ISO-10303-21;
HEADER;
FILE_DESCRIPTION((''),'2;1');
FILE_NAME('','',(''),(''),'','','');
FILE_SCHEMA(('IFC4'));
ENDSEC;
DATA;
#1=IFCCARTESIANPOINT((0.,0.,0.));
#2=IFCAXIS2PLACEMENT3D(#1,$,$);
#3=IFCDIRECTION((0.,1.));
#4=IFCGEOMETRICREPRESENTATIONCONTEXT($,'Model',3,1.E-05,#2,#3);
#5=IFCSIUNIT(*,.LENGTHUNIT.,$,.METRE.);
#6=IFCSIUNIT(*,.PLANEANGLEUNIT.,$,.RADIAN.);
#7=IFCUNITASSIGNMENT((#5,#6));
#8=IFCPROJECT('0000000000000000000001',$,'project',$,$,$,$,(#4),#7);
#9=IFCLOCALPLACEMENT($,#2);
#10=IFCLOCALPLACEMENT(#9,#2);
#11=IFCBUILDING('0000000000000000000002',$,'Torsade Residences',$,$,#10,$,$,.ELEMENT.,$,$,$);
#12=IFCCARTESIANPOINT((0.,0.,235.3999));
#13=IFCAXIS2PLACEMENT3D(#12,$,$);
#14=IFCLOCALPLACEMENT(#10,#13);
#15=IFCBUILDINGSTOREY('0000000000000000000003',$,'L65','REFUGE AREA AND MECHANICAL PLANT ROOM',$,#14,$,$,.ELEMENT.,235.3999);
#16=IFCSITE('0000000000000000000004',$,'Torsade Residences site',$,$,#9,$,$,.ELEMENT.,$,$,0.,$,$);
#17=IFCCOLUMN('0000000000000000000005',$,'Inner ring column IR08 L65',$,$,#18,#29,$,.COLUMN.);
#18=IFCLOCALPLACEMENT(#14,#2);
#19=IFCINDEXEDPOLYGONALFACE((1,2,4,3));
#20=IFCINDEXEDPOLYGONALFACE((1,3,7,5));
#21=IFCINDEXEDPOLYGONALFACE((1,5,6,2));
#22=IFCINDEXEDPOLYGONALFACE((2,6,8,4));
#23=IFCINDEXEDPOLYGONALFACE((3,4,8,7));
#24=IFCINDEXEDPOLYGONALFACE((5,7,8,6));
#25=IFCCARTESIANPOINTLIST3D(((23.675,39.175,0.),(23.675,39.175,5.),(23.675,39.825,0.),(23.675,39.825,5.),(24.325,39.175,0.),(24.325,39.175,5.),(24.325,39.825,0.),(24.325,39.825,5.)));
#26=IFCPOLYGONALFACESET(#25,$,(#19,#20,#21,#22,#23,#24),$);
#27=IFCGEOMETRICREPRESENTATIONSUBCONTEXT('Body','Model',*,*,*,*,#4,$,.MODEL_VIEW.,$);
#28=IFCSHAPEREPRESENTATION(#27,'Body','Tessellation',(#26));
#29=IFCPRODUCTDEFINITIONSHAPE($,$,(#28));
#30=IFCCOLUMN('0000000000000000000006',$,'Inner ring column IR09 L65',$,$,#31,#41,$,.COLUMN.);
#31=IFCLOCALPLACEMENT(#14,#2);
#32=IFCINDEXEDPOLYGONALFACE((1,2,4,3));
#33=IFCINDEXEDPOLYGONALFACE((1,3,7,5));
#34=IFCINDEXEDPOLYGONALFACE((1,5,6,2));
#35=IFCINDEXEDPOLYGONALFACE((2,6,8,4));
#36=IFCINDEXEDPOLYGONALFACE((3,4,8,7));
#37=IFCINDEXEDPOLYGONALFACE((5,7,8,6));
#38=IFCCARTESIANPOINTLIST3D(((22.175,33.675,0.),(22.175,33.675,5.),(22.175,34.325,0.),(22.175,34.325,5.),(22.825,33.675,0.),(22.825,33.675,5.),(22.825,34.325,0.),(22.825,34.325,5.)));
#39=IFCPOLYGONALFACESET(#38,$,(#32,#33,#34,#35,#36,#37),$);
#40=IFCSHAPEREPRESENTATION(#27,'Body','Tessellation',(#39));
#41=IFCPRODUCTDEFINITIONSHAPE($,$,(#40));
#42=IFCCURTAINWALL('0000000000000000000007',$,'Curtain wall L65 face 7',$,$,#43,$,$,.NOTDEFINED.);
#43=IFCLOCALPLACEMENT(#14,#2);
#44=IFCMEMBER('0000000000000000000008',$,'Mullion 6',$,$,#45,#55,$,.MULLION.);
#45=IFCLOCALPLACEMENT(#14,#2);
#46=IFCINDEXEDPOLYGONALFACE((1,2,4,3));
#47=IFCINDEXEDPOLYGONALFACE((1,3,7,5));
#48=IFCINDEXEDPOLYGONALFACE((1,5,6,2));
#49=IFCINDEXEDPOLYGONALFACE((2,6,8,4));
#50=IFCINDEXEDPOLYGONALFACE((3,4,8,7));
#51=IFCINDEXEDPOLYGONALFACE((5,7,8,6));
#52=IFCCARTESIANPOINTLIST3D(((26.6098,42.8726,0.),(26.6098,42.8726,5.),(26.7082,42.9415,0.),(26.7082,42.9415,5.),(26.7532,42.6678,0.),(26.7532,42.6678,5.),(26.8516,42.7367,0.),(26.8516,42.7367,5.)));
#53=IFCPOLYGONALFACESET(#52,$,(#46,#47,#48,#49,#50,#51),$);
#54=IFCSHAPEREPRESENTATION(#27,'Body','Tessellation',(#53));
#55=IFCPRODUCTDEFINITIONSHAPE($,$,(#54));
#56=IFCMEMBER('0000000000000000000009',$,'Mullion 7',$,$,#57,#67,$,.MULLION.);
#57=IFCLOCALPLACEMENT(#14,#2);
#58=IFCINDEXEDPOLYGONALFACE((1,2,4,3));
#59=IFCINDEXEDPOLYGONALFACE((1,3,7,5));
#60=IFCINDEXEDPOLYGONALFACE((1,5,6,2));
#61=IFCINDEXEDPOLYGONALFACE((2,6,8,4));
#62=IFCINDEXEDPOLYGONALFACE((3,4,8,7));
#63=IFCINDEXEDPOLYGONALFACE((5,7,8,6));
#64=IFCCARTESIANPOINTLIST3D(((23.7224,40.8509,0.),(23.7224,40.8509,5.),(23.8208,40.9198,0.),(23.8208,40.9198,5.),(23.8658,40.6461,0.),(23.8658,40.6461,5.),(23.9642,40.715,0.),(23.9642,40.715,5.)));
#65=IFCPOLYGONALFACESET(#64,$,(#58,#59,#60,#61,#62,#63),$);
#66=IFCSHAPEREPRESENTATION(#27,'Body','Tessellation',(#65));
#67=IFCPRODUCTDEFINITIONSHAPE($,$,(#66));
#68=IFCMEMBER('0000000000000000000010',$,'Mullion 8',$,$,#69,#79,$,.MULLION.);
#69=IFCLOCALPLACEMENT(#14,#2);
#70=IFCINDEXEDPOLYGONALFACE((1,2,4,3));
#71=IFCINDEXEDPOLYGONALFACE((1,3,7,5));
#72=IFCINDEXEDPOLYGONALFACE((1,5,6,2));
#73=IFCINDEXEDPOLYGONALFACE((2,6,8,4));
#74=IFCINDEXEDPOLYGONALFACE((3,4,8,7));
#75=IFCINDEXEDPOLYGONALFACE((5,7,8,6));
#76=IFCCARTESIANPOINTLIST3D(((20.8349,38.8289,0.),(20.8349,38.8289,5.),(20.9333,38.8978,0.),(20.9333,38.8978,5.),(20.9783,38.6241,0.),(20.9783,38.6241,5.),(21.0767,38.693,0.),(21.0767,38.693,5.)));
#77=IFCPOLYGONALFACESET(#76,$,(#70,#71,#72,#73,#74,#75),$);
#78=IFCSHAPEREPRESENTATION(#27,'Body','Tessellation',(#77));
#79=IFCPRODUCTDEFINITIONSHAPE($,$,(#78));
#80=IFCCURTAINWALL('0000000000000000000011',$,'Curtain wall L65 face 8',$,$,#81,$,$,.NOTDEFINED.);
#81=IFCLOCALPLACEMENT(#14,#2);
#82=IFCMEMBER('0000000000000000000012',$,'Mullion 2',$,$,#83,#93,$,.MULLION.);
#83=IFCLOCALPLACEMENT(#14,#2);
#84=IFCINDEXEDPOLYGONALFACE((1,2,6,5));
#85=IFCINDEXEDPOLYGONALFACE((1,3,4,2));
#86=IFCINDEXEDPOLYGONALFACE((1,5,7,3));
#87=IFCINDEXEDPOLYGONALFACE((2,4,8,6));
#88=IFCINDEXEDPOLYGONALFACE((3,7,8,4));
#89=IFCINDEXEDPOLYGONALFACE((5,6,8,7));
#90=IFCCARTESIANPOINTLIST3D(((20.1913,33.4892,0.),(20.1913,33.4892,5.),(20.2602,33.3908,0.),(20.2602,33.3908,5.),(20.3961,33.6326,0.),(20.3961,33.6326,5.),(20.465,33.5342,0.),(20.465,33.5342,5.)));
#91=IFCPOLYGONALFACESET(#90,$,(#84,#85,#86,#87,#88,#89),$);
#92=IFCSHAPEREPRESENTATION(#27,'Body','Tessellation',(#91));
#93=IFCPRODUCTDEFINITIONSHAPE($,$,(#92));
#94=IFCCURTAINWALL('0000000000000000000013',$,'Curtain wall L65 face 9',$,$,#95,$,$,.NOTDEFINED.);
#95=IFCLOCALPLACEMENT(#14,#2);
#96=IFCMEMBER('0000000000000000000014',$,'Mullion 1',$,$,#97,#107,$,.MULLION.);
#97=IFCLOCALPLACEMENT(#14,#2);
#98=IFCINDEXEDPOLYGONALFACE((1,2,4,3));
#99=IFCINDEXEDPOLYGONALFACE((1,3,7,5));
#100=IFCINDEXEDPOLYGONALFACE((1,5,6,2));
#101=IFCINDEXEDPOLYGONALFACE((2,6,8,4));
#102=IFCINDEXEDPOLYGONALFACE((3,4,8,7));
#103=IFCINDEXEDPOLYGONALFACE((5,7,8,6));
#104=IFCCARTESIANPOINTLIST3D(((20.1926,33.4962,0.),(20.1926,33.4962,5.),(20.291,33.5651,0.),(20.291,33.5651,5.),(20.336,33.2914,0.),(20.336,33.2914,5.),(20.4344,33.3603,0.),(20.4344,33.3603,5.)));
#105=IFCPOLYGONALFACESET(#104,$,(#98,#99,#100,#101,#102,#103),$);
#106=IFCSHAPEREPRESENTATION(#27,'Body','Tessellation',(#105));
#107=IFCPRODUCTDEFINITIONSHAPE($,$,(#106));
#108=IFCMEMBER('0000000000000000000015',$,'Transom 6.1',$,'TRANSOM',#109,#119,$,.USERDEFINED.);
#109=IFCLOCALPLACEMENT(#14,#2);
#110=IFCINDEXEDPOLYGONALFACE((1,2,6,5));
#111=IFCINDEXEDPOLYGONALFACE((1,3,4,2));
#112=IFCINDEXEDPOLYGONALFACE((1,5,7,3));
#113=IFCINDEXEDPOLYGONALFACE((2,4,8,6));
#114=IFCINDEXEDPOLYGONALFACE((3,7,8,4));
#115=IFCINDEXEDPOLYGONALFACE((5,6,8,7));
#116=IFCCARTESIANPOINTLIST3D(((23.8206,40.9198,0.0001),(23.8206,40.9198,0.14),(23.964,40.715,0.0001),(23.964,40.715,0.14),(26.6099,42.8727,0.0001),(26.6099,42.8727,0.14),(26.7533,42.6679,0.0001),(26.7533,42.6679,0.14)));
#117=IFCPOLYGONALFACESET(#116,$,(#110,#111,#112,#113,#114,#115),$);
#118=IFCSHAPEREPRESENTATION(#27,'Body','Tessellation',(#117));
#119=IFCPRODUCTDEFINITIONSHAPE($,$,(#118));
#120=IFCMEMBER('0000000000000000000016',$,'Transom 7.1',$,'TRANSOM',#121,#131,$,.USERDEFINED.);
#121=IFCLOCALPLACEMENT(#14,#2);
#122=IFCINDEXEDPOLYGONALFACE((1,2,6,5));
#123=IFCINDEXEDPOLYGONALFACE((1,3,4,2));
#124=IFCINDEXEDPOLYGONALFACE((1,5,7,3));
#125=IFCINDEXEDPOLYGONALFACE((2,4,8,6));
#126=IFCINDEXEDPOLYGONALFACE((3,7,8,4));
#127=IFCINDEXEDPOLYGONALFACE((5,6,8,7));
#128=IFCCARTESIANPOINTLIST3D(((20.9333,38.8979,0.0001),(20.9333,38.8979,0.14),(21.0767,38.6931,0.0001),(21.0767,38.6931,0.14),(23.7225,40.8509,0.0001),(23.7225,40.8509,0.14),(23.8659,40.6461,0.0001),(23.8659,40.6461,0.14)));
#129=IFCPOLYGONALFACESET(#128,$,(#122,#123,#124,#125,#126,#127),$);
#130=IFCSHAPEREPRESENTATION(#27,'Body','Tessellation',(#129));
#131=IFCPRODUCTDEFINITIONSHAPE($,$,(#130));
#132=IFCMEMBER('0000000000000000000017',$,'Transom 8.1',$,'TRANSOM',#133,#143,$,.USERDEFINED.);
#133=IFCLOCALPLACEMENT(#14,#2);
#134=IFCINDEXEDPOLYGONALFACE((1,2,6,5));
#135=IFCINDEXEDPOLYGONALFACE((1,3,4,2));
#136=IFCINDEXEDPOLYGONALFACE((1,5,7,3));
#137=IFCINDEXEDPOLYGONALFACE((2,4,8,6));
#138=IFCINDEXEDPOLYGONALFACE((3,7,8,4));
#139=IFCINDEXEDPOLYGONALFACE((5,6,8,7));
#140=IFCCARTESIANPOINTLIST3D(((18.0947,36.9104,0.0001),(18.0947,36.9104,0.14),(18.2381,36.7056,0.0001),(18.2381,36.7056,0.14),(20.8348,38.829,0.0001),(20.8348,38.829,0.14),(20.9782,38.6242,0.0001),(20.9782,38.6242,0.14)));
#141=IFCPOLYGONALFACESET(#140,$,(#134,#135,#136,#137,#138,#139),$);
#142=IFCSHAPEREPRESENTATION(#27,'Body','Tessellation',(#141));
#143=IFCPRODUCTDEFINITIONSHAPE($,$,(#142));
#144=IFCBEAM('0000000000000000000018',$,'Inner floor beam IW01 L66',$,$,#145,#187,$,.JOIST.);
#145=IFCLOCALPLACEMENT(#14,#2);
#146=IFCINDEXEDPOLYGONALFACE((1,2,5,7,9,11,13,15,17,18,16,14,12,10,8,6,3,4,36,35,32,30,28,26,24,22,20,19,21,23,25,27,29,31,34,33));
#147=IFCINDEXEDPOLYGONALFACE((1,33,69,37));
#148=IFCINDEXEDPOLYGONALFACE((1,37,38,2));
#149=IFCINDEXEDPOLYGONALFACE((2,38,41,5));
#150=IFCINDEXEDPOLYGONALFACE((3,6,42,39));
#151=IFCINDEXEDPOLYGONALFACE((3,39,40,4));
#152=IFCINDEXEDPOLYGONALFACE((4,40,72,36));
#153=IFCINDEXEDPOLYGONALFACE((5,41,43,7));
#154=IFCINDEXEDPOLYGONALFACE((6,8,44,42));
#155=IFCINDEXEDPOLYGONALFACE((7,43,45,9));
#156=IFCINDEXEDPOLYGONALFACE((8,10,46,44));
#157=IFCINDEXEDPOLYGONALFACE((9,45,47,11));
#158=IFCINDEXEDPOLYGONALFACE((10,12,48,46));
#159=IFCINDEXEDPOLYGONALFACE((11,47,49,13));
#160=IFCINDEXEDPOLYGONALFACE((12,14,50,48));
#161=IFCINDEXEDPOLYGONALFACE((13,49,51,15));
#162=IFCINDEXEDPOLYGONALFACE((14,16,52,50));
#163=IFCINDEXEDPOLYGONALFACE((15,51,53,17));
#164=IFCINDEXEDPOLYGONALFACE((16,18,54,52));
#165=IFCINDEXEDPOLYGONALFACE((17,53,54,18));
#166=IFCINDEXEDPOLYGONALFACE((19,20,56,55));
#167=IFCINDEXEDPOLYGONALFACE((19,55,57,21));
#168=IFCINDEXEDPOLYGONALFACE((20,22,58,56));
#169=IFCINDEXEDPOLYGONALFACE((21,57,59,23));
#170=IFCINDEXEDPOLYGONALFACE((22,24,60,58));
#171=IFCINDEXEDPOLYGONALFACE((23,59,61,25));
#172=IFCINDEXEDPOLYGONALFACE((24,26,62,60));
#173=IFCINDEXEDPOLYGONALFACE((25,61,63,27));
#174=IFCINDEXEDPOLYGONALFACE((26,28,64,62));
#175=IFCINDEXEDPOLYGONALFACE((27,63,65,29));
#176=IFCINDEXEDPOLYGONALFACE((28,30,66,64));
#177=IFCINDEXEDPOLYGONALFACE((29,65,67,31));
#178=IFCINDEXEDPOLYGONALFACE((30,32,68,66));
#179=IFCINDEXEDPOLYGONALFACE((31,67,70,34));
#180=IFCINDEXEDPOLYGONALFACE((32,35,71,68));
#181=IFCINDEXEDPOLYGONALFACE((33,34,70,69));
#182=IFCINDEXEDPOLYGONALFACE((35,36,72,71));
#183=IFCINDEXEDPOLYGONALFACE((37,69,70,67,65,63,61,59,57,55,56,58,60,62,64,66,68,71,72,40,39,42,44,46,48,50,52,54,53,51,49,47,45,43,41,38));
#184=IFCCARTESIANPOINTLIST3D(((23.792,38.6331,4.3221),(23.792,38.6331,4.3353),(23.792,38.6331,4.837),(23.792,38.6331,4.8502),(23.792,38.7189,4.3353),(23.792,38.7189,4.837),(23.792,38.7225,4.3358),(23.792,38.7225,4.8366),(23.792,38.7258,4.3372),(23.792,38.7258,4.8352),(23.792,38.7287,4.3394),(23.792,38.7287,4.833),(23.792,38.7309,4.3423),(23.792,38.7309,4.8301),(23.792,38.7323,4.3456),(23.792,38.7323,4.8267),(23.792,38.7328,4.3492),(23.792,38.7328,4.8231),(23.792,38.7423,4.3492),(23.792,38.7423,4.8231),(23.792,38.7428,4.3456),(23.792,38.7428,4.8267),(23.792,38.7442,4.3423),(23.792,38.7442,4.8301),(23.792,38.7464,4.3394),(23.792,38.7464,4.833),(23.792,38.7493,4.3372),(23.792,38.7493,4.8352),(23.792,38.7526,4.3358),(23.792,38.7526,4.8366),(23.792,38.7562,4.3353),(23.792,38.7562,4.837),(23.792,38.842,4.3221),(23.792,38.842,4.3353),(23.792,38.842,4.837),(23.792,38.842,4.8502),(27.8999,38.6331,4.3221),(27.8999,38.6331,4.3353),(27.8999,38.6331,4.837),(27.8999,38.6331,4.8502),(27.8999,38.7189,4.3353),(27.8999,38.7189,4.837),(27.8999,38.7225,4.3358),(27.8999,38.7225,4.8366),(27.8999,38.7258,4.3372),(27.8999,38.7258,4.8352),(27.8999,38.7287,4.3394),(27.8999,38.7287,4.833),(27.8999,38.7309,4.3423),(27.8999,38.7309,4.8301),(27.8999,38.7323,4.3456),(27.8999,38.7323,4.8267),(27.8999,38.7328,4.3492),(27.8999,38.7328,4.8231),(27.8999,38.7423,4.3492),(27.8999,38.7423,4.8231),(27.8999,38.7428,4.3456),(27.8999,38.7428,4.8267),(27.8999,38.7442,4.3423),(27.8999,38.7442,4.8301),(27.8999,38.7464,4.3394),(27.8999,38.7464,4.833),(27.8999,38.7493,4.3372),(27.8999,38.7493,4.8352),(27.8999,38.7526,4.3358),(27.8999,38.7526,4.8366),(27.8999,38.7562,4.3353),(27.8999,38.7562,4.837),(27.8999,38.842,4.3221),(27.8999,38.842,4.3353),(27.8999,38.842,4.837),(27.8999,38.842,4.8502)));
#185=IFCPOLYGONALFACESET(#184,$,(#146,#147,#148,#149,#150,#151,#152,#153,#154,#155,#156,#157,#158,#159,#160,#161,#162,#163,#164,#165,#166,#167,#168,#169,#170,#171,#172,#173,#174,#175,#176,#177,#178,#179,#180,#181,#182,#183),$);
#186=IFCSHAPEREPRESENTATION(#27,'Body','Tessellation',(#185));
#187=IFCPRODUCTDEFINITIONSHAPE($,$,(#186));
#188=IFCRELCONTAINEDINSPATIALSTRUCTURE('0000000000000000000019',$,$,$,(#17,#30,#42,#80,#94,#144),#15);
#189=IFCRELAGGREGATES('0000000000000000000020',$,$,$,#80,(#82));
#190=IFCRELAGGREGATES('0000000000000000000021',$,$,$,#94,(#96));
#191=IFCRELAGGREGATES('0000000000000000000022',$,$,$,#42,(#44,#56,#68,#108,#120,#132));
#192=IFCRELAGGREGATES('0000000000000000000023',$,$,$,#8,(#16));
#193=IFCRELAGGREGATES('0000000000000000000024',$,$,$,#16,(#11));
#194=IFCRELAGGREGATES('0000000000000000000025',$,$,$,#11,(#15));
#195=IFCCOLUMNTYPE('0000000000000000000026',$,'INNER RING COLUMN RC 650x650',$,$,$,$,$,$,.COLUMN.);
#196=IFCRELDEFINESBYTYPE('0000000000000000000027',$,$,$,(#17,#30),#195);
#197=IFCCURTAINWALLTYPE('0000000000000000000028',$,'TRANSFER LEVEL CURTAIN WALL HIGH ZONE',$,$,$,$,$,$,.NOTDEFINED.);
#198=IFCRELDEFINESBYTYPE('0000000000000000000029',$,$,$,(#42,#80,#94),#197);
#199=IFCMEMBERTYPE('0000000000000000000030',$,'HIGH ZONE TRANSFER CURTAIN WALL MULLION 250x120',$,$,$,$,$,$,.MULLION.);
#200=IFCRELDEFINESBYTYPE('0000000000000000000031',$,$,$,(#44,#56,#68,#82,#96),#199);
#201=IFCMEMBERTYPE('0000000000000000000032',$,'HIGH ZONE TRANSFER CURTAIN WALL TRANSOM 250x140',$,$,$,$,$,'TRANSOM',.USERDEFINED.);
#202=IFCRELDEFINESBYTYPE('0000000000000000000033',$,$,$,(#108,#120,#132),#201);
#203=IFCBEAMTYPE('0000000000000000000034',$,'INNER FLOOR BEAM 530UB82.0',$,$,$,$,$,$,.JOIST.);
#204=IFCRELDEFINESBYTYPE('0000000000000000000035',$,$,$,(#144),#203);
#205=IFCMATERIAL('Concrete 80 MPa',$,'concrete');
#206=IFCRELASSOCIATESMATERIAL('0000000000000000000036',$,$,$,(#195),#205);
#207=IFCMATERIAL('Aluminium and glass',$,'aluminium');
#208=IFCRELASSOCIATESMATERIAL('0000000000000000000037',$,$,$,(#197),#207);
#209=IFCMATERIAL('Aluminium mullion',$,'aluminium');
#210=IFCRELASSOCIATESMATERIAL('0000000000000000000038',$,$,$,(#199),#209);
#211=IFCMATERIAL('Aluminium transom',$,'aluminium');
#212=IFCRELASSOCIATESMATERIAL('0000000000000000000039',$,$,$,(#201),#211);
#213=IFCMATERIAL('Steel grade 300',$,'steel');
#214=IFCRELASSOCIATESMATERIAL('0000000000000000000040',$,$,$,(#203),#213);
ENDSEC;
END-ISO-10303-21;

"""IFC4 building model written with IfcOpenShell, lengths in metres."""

from ifc_helpers import new_model, si_unit, direction, frame, origin, origin_2d, place, context, subcontext, project, spatial, rectangle, i_section, extrude, material, material_profile, profile_set, type_object, element, aggregate, save


model = new_model("IFC4")

# Units and contexts
model_context = context("Model", 3, precision=1e-05, world=origin(), true_north=direction((0.0, 1.0)))
body_context = subcontext(model_context, "Body", "Model", "MODEL_VIEW")
ifc_project = project(units=[si_unit("LENGTHUNIT", "METRE"), si_unit("PLANEANGLEUNIT", "RADIAN")], contexts=[model_context])

# Site, building, storey
site_placement = place(None, origin())
site = spatial("IfcSite", under=ifc_project, at=site_placement, Name="Torsade Residences site", CompositionType="ELEMENT", RefElevation=0.0)
building_placement = place(site_placement, origin())
building = spatial("IfcBuilding", under=site, at=building_placement, Name="Torsade Residences", CompositionType="ELEMENT")
storey_placement = place(building_placement, frame((0.0, 0.0, 235.3999)))
storey = spatial("IfcBuildingStorey", under=building, at=storey_placement, Name="L65", Description="REFUGE AREA AND MECHANICAL PLANT ROOM", CompositionType="ELEMENT", Elevation=235.3999)

# Columns
ifc_material_1 = material(Name="Concrete 80 MPa", Category="concrete")
ifc_material_profile_1 = material_profile(ifc_material_1, rectangle(XDim=0.6499, YDim=0.6499, at=origin_2d()), Name="RC 650x650")
ifc_profile_set_1 = profile_set([ifc_material_profile_1], Name="Concrete 80 MPa")
column_type = type_object("IfcColumnType", Name="INNER RING COLUMN RC 650x650", PredefinedType="COLUMN", material=ifc_profile_set_1)
for number, where, z_axis, x_axis, name in (
    (1, (24.0, 39.5, 0.0), (0.0, 0.0, 1.0), (1.0, 0.0, 0.0), "Inner ring column IR08 L65"),
    (2, (22.5, 34.0, 0.0), (0.0, 0.0, 1.0), (1.0, 0.0, 0.0), "Inner ring column IR09 L65"),
):
    element("IfcColumn", number, at=place(storey_placement, frame(where, z_axis=z_axis, x_axis=x_axis)), inside=storey, type_object=column_type, Name=name, PredefinedType="COLUMN", context=body_context, shape_type="SweptSolid", body=[
        extrude(rectangle(XDim=0.6499, YDim=0.6499, at=origin_2d()), origin(), (0.0, 0.0, 1.0), 5.0),
    ])

# Curtain wall, members
ifc_material_2 = material(Name="Aluminium and glass", Category="aluminium")
curtain_wall_type = type_object("IfcCurtainWallType", Name="TRANSFER LEVEL CURTAIN WALL HIGH ZONE", PredefinedType="NOTDEFINED", material=ifc_material_2)
curtain_wall_1_placement = place(storey_placement, origin())
curtain_wall_1 = element("IfcCurtainWall", 3, at=curtain_wall_1_placement, inside=storey, type_object=curtain_wall_type, Name="Curtain wall L65 face 7", PredefinedType="NOTDEFINED")
ifc_material_3 = material(Name="Aluminium mullion", Category="aluminium")
ifc_material_profile_2 = material_profile(ifc_material_3, rectangle(XDim=0.25, YDim=0.1201, at=origin_2d()), Name="HIGH ZONE TRANSFER CURTAIN WALL MULLION 250x120")
ifc_profile_set_2 = profile_set([ifc_material_profile_2], Name="Aluminium mullion")
member_type_1 = type_object("IfcMemberType", Name="HIGH ZONE TRANSFER CURTAIN WALL MULLION 250x120", PredefinedType="MULLION", material=ifc_profile_set_2)
member_1_placement = place(storey_placement, frame((26.7307, 42.8047, 0.0), z_axis=(0.0, 0.0, 1.0), x_axis=(0.573576, -0.819152, 0.0)))
member_1 = element("IfcMember", 4, at=member_1_placement, type_object=member_type_1, Name="Mullion 6", PredefinedType="MULLION", context=body_context, shape_type="SweptSolid", body=[
    extrude(rectangle(XDim=0.25, YDim=0.1201, at=origin_2d()), origin(), (0.0, 0.0, 1.0), 5.0),
])
member_2_placement = place(storey_placement, frame((23.8433, 40.783, 0.0), z_axis=(0.0, 0.0, 1.0), x_axis=(0.573576, -0.819152, 0.0)))
member_2 = element("IfcMember", 5, at=member_2_placement, type_object=member_type_1, Name="Mullion 7", PredefinedType="MULLION", context=body_context, shape_type="SweptSolid", body=[
    extrude(rectangle(XDim=0.25, YDim=0.1201, at=origin_2d()), origin(), (0.0, 0.0, 1.0), 5.0),
])
member_3_placement = place(storey_placement, frame((20.9558, 38.761, 0.0), z_axis=(0.0, 0.0, 1.0), x_axis=(0.573576, -0.819152, 0.0)))
member_3 = element("IfcMember", 6, at=member_3_placement, type_object=member_type_1, Name="Mullion 8", PredefinedType="MULLION", context=body_context, shape_type="SweptSolid", body=[
    extrude(rectangle(XDim=0.25, YDim=0.1201, at=origin_2d()), origin(), (0.0, 0.0, 1.0), 5.0),
])

# Curtain walls, members
curtain_wall_2_placement = place(storey_placement, origin())
curtain_wall_2 = element("IfcCurtainWall", 7, at=curtain_wall_2_placement, inside=storey, type_object=curtain_wall_type, Name="Curtain wall L65 face 8", PredefinedType="NOTDEFINED")
member_4_placement = place(storey_placement, frame((20.3281, 33.5117, 0.0), z_axis=(0.0, 0.0, 1.0), x_axis=(0.819152, 0.573576, 0.0)))
member_4 = element("IfcMember", 8, at=member_4_placement, type_object=member_type_1, Name="Mullion 2", PredefinedType="MULLION", context=body_context, shape_type="SweptSolid", body=[
    extrude(rectangle(XDim=0.25, YDim=0.1201, at=origin_2d()), origin(), (0.0, 0.0, 1.0), 5.0),
])
aggregate(curtain_wall_2, [member_4])
curtain_wall_3_placement = place(storey_placement, origin())
curtain_wall_3 = element("IfcCurtainWall", 9, at=curtain_wall_3_placement, inside=storey, type_object=curtain_wall_type, Name="Curtain wall L65 face 9", PredefinedType="NOTDEFINED")
member_5_placement = place(storey_placement, frame((20.3135, 33.4282, 0.0), z_axis=(0.0, 0.0, 1.0), x_axis=(0.573576, -0.819152, 0.0)))
member_5 = element("IfcMember", 10, at=member_5_placement, type_object=member_type_1, Name="Mullion 1", PredefinedType="MULLION", context=body_context, shape_type="SweptSolid", body=[
    extrude(rectangle(XDim=0.25, YDim=0.1201, at=origin_2d()), origin(), (0.0, 0.0, 1.0), 5.0),
])
aggregate(curtain_wall_3, [member_5])

# Members
ifc_material_4 = material(Name="Aluminium transom", Category="aluminium")
ifc_material_profile_3 = material_profile(ifc_material_4, rectangle(XDim=0.25, YDim=0.1399, at=origin_2d()), Name="HIGH ZONE TRANSFER CURTAIN WALL TRANSOM 250x140")
ifc_profile_set_3 = profile_set([ifc_material_profile_3], Name="Aluminium transom")
member_type_2 = type_object("IfcMemberType", Name="HIGH ZONE TRANSFER CURTAIN WALL TRANSOM 250x140", ElementType="TRANSOM", PredefinedType="USERDEFINED", material=ifc_profile_set_3)
member_6_placement = place(storey_placement, frame((26.6816, 42.7703, 0.0701), z_axis=(-0.819181, -0.573535, 0.0), x_axis=(0.573535, -0.819181, 0.0)))
member_6 = element("IfcMember", 11, at=member_6_placement, type_object=member_type_2, Name="Transom 6.1", ObjectType="TRANSOM", PredefinedType="USERDEFINED", context=body_context, shape_type="SweptSolid", body=[
    extrude(rectangle(XDim=0.25, YDim=0.1399, at=origin_2d()), origin(), (0.0, 0.0, 1.0), 3.405),
])
member_7_placement = place(storey_placement, frame((23.7942, 40.7485, 0.0701), z_axis=(-0.819148, -0.573583, 0.0), x_axis=(0.573583, -0.819148, 0.0)))
member_7 = element("IfcMember", 12, at=member_7_placement, type_object=member_type_2, Name="Transom 7.1", ObjectType="TRANSOM", PredefinedType="USERDEFINED", context=body_context, shape_type="SweptSolid", body=[
    extrude(rectangle(XDim=0.25, YDim=0.1399, at=origin_2d()), origin(), (0.0, 0.0, 1.0), 3.405),
])
member_8_placement = place(storey_placement, frame((20.9065, 38.7266, 0.0701), z_axis=(-0.819167, -0.573555, 0.0), x_axis=(0.573555, -0.819167, 0.0)))
member_8 = element("IfcMember", 13, at=member_8_placement, type_object=member_type_2, Name="Transom 8.1", ObjectType="TRANSOM", PredefinedType="USERDEFINED", context=body_context, shape_type="SweptSolid", body=[
    extrude(rectangle(XDim=0.25, YDim=0.1399, at=origin_2d()), origin(), (0.0, 0.0, 1.0), 3.345),
])

# Beam
ifc_material_5 = material(Name="Steel grade 300", Category="steel")
ifc_material_profile_4 = material_profile(ifc_material_5, i_section(OverallWidth=0.209, OverallDepth=0.5281, WebThickness=0.0095, FlangeThickness=0.0132, FilletRadius=0.0139, at=origin_2d()), Name="530UB82.0")
ifc_profile_set_4 = profile_set([ifc_material_profile_4], Name="Steel grade 300")
beam_type_1 = type_object("IfcBeamType", Name="INNER FLOOR BEAM 530UB82.0", PredefinedType="JOIST", material=ifc_profile_set_4)
beam_1_placement = place(storey_placement, frame((27.8999, 38.7375, 4.5862), z_axis=(-1.0, 0.0, 0.0), x_axis=(0.0, -1.0, 0.0)))
element("IfcBeam", 14, at=beam_1_placement, inside=storey, type_object=beam_type_1, Name="Inner floor beam IW01 L66", PredefinedType="JOIST", context=body_context, shape_type="SweptSolid", body=[
    extrude(i_section(OverallWidth=0.209, OverallDepth=0.5281, WebThickness=0.0095, FlangeThickness=0.0132, FilletRadius=0.0139, at=origin_2d()), origin(), (0.0, 0.0, 1.0), 4.1079),
])

aggregate(curtain_wall_1, [member_1, member_2, member_3, member_6, member_7, member_8])

save(model, "model.ifc")
